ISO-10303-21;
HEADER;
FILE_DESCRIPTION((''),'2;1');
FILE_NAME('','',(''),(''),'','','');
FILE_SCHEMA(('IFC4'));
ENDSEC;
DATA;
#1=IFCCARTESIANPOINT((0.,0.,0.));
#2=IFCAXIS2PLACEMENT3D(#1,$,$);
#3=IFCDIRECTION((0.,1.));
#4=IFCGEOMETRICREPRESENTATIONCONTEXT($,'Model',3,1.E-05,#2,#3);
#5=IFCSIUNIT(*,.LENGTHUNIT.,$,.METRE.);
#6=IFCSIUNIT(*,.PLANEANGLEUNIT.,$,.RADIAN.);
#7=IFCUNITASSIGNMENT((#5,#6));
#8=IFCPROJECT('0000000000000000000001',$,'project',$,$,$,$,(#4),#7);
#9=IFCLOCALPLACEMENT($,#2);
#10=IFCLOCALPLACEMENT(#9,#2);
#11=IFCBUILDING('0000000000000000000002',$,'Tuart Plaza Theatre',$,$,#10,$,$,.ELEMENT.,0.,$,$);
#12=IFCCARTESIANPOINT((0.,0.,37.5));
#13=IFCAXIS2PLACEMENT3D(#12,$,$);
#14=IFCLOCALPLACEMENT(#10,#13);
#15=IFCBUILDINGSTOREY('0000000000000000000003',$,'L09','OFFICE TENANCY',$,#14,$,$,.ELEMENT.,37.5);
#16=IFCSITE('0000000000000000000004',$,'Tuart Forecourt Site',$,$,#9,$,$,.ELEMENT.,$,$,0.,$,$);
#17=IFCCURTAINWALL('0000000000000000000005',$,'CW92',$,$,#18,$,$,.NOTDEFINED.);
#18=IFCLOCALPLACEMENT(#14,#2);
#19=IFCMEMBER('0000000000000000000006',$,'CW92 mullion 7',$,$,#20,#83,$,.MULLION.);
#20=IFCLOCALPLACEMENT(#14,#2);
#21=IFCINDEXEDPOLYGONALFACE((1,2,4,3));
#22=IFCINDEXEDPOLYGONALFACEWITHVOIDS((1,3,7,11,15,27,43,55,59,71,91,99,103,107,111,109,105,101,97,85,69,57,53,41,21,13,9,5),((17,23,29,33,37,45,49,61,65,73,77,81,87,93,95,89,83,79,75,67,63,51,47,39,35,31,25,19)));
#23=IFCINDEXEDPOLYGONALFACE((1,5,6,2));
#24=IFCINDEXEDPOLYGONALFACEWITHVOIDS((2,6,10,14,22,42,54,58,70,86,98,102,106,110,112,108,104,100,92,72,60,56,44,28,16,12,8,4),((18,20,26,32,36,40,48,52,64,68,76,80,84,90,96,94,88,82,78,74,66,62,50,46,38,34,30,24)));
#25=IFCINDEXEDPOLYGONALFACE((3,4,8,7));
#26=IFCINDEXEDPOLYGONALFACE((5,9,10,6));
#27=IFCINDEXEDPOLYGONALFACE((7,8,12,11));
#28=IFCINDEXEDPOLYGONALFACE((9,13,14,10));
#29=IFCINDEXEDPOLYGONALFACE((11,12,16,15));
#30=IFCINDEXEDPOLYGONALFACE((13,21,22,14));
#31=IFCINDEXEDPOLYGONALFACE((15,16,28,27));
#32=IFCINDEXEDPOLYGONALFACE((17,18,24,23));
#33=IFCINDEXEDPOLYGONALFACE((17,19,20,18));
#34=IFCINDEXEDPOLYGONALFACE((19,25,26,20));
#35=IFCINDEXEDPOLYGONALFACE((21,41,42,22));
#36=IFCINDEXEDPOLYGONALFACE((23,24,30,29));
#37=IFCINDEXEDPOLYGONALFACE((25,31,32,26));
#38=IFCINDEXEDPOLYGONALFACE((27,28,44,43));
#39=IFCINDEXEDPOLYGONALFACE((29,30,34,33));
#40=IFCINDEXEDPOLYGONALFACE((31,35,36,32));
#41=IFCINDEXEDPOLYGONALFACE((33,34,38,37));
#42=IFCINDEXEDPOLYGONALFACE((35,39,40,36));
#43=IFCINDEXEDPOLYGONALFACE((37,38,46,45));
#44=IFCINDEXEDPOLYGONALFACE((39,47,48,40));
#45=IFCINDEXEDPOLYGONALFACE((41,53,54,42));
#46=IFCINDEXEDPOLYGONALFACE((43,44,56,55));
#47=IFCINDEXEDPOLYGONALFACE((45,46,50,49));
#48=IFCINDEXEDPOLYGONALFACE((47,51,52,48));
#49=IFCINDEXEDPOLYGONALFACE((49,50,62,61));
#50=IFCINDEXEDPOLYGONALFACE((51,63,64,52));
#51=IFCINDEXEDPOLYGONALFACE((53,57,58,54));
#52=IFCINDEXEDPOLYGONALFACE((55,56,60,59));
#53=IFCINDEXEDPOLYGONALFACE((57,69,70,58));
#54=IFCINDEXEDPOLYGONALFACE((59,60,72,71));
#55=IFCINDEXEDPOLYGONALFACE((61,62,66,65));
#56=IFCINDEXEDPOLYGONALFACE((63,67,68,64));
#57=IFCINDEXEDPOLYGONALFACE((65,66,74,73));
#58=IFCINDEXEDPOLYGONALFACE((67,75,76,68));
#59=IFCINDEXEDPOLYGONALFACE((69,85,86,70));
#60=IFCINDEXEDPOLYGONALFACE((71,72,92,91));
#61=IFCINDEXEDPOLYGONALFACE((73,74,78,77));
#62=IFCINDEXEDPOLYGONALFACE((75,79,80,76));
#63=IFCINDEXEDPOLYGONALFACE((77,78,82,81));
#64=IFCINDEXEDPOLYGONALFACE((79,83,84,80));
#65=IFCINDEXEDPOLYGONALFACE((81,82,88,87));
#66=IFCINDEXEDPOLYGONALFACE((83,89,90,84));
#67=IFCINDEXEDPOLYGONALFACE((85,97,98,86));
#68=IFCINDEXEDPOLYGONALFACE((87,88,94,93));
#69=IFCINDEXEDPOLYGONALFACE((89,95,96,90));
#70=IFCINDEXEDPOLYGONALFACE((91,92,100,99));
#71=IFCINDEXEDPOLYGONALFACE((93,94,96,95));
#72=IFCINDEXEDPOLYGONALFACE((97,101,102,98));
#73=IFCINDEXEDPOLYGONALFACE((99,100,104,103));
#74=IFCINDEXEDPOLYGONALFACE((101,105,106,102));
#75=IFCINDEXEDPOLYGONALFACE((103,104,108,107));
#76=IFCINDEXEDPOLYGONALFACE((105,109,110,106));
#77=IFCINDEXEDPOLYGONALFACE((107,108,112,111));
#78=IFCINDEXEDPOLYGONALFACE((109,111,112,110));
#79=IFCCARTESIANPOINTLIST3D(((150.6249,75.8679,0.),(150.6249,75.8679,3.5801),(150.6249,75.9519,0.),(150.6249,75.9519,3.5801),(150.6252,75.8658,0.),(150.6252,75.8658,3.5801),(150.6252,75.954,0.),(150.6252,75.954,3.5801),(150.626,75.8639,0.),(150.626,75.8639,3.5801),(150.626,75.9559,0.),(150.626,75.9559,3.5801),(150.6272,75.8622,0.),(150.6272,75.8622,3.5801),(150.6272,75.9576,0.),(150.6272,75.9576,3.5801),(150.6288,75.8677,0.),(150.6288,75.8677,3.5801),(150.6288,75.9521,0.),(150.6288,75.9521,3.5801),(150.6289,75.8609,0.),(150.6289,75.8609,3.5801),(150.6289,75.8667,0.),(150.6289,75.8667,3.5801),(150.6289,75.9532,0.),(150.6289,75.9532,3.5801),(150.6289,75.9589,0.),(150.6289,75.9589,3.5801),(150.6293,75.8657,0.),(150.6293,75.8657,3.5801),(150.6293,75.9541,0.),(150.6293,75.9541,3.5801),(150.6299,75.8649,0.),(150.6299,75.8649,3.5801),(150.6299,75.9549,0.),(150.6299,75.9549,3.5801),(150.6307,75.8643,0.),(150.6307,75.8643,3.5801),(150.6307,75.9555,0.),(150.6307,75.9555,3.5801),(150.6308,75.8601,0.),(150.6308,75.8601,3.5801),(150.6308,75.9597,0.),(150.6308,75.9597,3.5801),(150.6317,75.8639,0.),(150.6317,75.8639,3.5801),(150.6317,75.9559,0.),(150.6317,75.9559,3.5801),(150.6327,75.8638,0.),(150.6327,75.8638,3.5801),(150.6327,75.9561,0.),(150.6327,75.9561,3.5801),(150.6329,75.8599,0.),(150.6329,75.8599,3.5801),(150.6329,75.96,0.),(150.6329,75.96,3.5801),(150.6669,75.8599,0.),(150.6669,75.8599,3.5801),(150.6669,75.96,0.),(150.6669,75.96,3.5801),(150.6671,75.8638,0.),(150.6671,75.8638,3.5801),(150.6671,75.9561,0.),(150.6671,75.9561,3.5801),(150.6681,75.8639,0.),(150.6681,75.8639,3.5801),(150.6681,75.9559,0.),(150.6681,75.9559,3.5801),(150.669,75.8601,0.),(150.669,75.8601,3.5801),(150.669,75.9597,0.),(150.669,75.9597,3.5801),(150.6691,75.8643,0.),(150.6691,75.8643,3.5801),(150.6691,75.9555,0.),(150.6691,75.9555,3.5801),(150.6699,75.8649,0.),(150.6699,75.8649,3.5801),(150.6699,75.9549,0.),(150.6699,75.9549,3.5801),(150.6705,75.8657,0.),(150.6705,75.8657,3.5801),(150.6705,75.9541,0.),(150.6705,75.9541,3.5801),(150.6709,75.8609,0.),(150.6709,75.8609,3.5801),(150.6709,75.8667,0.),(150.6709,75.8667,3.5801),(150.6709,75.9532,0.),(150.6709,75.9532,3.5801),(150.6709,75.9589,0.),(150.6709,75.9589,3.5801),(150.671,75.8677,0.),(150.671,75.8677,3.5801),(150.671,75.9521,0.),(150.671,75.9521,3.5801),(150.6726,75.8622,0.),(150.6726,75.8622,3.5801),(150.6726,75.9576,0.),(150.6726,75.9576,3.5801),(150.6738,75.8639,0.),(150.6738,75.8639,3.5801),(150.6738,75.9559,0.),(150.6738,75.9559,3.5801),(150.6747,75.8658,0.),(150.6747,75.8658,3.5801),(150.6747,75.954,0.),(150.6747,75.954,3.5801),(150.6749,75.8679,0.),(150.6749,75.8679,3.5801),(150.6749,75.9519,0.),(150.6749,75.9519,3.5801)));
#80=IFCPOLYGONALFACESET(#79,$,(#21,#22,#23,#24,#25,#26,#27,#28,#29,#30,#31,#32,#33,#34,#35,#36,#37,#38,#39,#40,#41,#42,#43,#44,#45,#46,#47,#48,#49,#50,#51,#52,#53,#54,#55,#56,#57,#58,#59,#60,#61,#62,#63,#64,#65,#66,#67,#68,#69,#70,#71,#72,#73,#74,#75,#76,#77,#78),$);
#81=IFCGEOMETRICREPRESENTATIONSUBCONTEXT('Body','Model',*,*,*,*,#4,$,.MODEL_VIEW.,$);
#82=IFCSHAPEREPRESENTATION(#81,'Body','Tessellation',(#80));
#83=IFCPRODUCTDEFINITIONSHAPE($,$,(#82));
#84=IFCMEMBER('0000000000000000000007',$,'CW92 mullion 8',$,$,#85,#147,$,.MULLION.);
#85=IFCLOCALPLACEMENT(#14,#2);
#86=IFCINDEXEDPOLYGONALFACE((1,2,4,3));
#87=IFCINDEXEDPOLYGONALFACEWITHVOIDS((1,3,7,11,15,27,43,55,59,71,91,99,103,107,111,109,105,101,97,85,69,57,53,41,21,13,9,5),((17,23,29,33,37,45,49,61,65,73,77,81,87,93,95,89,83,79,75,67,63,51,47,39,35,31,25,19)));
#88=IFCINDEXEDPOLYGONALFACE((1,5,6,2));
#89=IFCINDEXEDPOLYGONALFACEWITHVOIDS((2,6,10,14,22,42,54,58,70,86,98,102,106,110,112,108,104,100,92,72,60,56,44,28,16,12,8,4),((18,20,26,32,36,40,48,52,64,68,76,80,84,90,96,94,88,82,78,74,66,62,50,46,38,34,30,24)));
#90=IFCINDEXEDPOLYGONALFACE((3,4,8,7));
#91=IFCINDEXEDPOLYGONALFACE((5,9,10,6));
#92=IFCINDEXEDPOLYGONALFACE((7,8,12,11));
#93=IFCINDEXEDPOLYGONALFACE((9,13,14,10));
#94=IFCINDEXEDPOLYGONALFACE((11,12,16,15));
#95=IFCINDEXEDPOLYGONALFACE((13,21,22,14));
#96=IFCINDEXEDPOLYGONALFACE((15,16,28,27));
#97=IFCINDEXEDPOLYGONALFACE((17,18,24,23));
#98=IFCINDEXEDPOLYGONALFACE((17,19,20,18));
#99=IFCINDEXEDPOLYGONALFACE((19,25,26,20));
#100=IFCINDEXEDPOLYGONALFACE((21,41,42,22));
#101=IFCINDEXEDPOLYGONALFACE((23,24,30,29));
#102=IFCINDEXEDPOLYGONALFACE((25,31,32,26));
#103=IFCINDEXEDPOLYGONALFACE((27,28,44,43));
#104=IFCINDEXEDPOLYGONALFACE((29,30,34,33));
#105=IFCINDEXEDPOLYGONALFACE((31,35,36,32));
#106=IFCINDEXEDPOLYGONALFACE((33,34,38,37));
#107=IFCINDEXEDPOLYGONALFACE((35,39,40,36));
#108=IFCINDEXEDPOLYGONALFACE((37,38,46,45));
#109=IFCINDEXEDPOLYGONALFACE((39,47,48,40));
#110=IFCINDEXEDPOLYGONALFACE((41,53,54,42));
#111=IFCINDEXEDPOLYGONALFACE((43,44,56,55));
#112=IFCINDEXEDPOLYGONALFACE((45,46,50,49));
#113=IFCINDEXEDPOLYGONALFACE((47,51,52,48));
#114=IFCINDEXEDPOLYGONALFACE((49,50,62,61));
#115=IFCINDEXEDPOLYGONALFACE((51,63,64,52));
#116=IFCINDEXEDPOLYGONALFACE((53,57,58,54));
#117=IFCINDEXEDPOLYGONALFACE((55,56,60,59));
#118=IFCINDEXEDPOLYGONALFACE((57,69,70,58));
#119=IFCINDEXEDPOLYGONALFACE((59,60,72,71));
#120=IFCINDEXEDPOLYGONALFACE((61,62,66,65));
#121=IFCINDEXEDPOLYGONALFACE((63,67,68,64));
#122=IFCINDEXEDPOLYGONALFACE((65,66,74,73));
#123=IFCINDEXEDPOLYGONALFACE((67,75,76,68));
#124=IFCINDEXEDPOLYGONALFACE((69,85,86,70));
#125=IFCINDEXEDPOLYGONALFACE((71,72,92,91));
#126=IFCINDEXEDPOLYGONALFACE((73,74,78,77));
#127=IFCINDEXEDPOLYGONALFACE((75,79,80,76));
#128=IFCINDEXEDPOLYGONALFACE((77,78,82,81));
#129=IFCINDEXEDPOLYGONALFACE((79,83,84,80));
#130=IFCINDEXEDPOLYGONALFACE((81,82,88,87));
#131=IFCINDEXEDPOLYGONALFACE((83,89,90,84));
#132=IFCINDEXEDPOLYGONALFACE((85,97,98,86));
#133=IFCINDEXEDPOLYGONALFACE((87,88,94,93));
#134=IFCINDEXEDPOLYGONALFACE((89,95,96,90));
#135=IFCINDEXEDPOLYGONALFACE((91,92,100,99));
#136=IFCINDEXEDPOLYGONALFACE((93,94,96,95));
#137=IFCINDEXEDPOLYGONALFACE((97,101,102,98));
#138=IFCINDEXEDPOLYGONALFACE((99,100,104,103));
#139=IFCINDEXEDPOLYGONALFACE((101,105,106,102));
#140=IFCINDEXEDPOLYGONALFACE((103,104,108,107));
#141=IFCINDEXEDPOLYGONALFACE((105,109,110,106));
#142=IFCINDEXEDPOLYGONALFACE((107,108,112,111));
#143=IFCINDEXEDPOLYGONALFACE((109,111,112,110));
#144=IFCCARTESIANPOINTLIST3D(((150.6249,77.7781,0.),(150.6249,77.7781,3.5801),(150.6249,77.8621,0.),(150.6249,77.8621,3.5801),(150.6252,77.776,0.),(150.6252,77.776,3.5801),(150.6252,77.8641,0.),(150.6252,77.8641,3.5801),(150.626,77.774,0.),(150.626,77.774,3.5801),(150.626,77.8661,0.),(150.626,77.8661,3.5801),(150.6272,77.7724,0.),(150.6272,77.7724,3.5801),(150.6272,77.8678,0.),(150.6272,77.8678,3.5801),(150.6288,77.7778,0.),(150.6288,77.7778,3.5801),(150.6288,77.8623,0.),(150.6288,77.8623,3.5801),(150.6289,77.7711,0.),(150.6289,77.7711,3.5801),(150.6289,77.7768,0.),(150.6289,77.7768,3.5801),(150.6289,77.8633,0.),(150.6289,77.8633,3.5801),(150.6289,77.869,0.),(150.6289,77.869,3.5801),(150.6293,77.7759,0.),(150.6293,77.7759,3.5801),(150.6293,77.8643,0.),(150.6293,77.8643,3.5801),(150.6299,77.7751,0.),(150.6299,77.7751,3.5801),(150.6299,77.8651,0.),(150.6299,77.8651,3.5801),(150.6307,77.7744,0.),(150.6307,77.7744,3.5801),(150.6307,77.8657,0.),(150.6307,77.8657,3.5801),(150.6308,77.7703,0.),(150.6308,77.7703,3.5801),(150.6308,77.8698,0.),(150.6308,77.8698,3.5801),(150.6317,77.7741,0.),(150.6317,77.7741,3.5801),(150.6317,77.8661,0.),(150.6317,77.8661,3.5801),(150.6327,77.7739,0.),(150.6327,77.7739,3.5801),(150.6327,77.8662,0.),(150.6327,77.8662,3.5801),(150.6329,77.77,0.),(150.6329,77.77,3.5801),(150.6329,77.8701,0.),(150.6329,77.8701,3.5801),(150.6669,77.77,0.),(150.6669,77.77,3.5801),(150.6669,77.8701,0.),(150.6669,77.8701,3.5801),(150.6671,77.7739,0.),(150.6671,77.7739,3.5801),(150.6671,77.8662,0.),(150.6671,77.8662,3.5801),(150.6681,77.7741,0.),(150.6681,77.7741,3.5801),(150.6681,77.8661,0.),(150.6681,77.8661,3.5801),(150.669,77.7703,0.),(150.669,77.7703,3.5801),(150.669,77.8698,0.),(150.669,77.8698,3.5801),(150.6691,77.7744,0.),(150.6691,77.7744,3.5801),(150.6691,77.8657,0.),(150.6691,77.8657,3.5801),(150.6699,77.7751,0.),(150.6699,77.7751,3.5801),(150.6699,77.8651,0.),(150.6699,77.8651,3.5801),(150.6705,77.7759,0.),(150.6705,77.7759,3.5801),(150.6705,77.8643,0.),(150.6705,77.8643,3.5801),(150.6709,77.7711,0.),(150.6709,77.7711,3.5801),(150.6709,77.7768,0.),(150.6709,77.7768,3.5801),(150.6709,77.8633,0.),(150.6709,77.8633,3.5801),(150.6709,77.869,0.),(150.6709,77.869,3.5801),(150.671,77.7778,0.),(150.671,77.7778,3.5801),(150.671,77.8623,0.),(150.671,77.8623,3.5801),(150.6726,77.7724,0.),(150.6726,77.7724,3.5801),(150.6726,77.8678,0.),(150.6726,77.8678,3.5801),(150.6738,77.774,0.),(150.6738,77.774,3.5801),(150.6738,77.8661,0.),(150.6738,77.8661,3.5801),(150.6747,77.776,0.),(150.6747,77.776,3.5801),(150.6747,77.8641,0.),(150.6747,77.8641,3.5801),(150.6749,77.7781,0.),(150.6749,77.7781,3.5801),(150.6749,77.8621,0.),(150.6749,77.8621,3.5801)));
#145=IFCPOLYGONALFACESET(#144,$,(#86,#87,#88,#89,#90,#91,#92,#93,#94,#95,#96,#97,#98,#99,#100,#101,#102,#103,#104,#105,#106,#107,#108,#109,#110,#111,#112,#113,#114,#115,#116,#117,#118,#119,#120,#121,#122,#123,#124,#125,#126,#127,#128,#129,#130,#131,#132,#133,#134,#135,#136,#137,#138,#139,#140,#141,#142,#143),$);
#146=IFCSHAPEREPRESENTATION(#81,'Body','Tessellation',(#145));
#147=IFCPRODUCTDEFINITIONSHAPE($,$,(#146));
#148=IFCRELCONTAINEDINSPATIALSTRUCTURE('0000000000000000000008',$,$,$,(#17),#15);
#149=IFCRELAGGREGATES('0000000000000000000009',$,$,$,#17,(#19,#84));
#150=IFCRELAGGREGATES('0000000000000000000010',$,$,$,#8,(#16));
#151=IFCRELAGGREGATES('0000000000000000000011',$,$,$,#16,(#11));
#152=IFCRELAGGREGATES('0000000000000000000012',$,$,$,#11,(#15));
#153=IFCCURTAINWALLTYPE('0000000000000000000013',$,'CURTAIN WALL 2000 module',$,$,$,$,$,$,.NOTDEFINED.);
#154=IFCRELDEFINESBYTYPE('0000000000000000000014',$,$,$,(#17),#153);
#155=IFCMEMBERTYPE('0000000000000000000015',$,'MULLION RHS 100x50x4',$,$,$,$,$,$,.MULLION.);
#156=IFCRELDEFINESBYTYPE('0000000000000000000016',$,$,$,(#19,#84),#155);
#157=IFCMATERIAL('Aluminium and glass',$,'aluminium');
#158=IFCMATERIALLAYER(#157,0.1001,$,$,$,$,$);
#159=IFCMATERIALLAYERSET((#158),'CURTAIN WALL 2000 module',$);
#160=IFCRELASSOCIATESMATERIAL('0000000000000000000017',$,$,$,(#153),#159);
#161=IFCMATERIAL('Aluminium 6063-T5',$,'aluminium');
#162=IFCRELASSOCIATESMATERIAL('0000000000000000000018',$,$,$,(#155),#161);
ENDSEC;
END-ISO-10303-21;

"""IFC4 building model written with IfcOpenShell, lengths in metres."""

from ifc_helpers import new_model, si_unit, direction, frame, origin, origin_2d, place, context, subcontext, project, spatial, hollow_rectangle, extrude, material, layer, layer_set, material_profile, profile_set, type_object, element, aggregate, save


model = new_model("IFC4")

# Units and contexts
model_context = context("Model", 3, precision=1e-05, world=origin(), true_north=direction((0.0, 1.0)))
body_context = subcontext(model_context, "Body", "Model", "MODEL_VIEW")
ifc_project = project(units=[si_unit("LENGTHUNIT", "METRE"), si_unit("PLANEANGLEUNIT", "RADIAN")], contexts=[model_context])

# Site, building, storey
site_placement = place(None, origin())
site = spatial("IfcSite", under=ifc_project, at=site_placement, Name="Tuart Forecourt Site", CompositionType="ELEMENT", RefElevation=0.0)
building_placement = place(site_placement, origin())
building = spatial("IfcBuilding", under=site, at=building_placement, Name="Tuart Plaza Theatre", CompositionType="ELEMENT", ElevationOfRefHeight=0.0)
storey_placement = place(building_placement, frame((0.0, 0.0, 37.5)))
storey = spatial("IfcBuildingStorey", under=building, at=storey_placement, Name="L09", Description="OFFICE TENANCY", CompositionType="ELEMENT", Elevation=37.5)

# Curtain wall, members
ifc_material_1 = material(Name="Aluminium and glass", Category="aluminium")
ifc_layer_1 = layer(ifc_material_1, 0.1001)
ifc_layer_set_1 = layer_set([ifc_layer_1], Name="CURTAIN WALL 2000 module")
curtain_wall_type = type_object("IfcCurtainWallType", Name="CURTAIN WALL 2000 module", PredefinedType="NOTDEFINED", material=ifc_layer_set_1)
curtain_wall_placement = place(storey_placement, origin())
curtain_wall = element("IfcCurtainWall", 1, at=curtain_wall_placement, inside=storey, type_object=curtain_wall_type, Name="CW92", PredefinedType="NOTDEFINED")
ifc_material_2 = material(Name="Aluminium 6063-T5", Category="aluminium")
ifc_material_profile_1 = material_profile(ifc_material_2, hollow_rectangle(XDim=0.05, YDim=0.1001, WallThickness=0.0039, InnerFilletRadius=0.0039, OuterFilletRadius=0.0081, at=origin_2d()), Name="RHS 100x50x4")
ifc_profile_set_1 = profile_set([ifc_material_profile_1], Name="Aluminium 6063-T5")
member_type_1 = type_object("IfcMemberType", Name="MULLION RHS 100x50x4", PredefinedType="MULLION", material=ifc_profile_set_1)
member_1_placement = place(storey_placement, frame((150.6499, 75.9099, 0.0), z_axis=(0.0, 0.0, 1.0), x_axis=(-1.0, 0.0, 0.0)))
member_1 = element("IfcMember", 2, at=member_1_placement, type_object=member_type_1, Name="CW92 mullion 7", PredefinedType="MULLION", context=body_context, shape_type="SweptSolid", body=[
    extrude(hollow_rectangle(XDim=0.05, YDim=0.1001, WallThickness=0.0039, InnerFilletRadius=0.0039, OuterFilletRadius=0.0081, at=origin_2d()), origin(), (0.0, 0.0, 1.0), 3.5801),
])
member_2_placement = place(storey_placement, frame((150.6499, 77.8201, 0.0), z_axis=(0.0, 0.0, 1.0), x_axis=(-1.0, 0.0, 0.0)))
member_2 = element("IfcMember", 3, at=member_2_placement, type_object=member_type_1, Name="CW92 mullion 8", PredefinedType="MULLION", context=body_context, shape_type="SweptSolid", body=[
    extrude(hollow_rectangle(XDim=0.05, YDim=0.1001, WallThickness=0.0039, InnerFilletRadius=0.0039, OuterFilletRadius=0.0081, at=origin_2d()), origin(), (0.0, 0.0, 1.0), 3.5801),
])
aggregate(curtain_wall, [member_1, member_2])

save(model, "model.ifc")
